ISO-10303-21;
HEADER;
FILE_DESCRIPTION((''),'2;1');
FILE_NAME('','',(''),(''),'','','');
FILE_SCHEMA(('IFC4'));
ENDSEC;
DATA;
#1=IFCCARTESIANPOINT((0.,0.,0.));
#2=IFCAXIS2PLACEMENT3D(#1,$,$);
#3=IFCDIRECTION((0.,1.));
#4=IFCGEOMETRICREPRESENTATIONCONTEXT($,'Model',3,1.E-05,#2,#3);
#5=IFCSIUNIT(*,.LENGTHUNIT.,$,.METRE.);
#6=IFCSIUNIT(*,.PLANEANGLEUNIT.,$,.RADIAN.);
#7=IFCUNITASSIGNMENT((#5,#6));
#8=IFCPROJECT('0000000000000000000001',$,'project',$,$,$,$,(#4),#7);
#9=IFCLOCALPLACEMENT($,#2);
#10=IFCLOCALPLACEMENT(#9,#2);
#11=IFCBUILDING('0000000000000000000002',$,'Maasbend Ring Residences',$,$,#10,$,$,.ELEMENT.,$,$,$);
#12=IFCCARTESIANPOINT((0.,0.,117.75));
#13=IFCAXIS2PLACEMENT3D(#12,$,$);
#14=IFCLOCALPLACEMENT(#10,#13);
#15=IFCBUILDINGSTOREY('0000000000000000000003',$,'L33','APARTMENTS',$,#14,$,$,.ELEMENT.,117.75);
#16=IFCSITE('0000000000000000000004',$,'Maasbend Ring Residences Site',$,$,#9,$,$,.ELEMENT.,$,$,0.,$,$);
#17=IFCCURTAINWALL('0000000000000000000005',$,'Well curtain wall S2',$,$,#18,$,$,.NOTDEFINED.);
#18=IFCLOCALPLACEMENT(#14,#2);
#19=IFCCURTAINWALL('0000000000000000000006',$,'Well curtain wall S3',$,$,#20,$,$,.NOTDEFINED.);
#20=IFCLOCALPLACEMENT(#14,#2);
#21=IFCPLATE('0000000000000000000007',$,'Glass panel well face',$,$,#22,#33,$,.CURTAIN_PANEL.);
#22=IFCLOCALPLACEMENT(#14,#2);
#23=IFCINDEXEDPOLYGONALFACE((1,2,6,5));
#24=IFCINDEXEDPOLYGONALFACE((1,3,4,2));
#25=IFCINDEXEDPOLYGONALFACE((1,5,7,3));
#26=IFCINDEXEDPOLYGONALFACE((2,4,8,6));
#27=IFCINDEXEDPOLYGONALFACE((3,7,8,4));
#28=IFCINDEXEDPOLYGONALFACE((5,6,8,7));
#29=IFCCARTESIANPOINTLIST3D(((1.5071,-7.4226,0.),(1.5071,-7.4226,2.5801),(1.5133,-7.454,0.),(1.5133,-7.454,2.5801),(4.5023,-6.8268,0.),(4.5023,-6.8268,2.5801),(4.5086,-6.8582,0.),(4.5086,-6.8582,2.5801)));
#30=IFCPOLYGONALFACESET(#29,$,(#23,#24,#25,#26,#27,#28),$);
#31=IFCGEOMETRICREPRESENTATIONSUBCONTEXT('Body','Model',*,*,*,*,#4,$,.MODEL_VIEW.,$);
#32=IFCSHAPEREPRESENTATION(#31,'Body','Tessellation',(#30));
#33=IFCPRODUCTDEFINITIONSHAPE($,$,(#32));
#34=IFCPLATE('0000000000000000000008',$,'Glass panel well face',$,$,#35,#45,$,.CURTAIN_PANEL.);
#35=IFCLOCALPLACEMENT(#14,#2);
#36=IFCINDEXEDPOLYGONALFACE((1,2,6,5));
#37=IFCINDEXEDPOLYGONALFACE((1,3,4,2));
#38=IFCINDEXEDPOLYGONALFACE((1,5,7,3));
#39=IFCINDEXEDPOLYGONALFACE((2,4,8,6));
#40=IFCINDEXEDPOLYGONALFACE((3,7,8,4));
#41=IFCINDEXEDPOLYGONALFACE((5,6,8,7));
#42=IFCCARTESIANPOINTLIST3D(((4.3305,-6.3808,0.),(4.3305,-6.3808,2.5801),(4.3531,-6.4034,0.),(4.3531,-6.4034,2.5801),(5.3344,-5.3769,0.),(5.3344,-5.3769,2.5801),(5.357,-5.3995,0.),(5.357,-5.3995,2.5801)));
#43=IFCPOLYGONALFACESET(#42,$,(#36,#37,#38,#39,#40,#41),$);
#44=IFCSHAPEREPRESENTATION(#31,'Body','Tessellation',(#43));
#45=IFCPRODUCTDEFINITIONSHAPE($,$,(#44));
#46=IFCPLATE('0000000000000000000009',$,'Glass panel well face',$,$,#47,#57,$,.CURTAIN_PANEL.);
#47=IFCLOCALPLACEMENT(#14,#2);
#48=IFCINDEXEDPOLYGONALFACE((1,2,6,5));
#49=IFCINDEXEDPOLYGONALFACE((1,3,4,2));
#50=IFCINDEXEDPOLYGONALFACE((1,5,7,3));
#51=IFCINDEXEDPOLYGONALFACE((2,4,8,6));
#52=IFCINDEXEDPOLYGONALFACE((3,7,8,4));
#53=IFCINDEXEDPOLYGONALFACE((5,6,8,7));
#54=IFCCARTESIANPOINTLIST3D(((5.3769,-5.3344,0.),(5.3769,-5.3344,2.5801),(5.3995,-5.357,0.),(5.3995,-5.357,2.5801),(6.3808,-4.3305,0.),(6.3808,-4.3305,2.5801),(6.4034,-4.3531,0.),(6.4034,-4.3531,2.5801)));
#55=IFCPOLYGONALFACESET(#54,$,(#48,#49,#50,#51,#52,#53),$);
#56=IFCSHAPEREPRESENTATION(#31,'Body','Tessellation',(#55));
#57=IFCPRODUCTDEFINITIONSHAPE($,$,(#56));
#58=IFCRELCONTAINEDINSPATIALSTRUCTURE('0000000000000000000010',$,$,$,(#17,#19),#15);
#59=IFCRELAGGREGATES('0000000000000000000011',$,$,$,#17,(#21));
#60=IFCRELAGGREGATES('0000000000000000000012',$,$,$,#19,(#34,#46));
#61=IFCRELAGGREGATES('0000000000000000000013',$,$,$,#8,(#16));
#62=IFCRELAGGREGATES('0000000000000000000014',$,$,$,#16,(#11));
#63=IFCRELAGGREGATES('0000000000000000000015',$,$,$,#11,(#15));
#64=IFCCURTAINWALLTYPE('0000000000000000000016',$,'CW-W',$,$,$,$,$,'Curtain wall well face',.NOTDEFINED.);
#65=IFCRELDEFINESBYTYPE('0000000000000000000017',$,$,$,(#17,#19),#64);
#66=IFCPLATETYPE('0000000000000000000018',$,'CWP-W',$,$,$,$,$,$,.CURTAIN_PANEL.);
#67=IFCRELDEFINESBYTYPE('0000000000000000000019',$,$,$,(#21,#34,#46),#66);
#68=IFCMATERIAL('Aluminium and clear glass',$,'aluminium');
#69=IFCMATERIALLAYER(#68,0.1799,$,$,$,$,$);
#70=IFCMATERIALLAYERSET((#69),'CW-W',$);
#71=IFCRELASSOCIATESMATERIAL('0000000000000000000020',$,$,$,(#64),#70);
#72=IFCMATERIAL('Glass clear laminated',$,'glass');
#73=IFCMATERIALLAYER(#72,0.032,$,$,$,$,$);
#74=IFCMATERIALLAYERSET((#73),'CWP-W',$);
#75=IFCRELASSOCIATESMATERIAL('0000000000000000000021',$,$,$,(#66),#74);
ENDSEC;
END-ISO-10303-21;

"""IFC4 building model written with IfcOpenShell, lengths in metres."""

from ifc_helpers import new_model, si_unit, direction, frame, origin, origin_2d, place, context, subcontext, project, spatial, rectangle, extrude, material, layer, layer_set, type_object, element, aggregate, save


model = new_model("IFC4")

# Units and contexts
model_context = context("Model", 3, precision=1e-05, world=origin(), true_north=direction((0.0, 1.0)))
body_context = subcontext(model_context, "Body", "Model", "MODEL_VIEW")
ifc_project = project(units=[si_unit("LENGTHUNIT", "METRE"), si_unit("PLANEANGLEUNIT", "RADIAN")], contexts=[model_context])

# Site, building, storey
site_placement = place(None, origin())
site = spatial("IfcSite", under=ifc_project, at=site_placement, Name="Maasbend Ring Residences Site", CompositionType="ELEMENT", RefElevation=0.0)
building_placement = place(site_placement, origin())
building = spatial("IfcBuilding", under=site, at=building_placement, Name="Maasbend Ring Residences", CompositionType="ELEMENT")
storey_placement = place(building_placement, frame((0.0, 0.0, 117.75)))
storey = spatial("IfcBuildingStorey", under=building, at=storey_placement, Name="L33", Description="APARTMENTS", CompositionType="ELEMENT", Elevation=117.75)

# Curtain walls
ifc_material_1 = material(Name="Aluminium and clear glass", Category="aluminium")
ifc_layer_1 = layer(ifc_material_1, 0.1799)
ifc_layer_set_1 = layer_set([ifc_layer_1], Name="CW-W")
curtain_wall_type = type_object("IfcCurtainWallType", Name="CW-W", ElementType="Curtain wall well face", PredefinedType="NOTDEFINED", material=ifc_layer_set_1)
curtain_wall_1_placement = place(storey_placement, origin())
curtain_wall_1 = element("IfcCurtainWall", 1, at=curtain_wall_1_placement, inside=storey, type_object=curtain_wall_type, Name="Well curtain wall S2", PredefinedType="NOTDEFINED")
curtain_wall_2_placement = place(storey_placement, origin())
curtain_wall_2 = element("IfcCurtainWall", 2, at=curtain_wall_2_placement, inside=storey, type_object=curtain_wall_type, Name="Well curtain wall S3", PredefinedType="NOTDEFINED")

# Plates
ifc_material_2 = material(Name="Glass clear laminated", Category="glass")
ifc_layer_2 = layer(ifc_material_2, 0.032)
ifc_layer_set_2 = layer_set([ifc_layer_2], Name="CWP-W")
plate_type = type_object("IfcPlateType", Name="CWP-W", PredefinedType="CURTAIN_PANEL", material=ifc_layer_set_2)
plate_1_placement = place(storey_placement, frame((3.0078, -7.1404, 0.0), z_axis=(0.0, 0.0, 1.0), x_axis=(0.980785, 0.19509, 0.0)))
plate_1 = element("IfcPlate", 3, at=plate_1_placement, type_object=plate_type, Name="Glass panel well face", PredefinedType="CURTAIN_PANEL", context=body_context, shape_type="SweptSolid", body=[
    extrude(rectangle(XDim=3.054, YDim=0.032, at=origin_2d()), origin(), (0.0, 0.0, 1.0), 2.5801),
])
aggregate(curtain_wall_1, [plate_1])
plate_2_placement = place(storey_placement, frame((4.8438, -5.8901, 0.0), z_axis=(0.0, 0.0, 1.0), x_axis=(0.707107, 0.707107, 0.0)))
plate_2 = element("IfcPlate", 4, at=plate_2_placement, type_object=plate_type, Name="Glass panel well face", PredefinedType="CURTAIN_PANEL", context=body_context, shape_type="SweptSolid", body=[
    extrude(rectangle(XDim=1.4197, YDim=0.032, at=origin_2d()), origin(), (0.0, 0.0, 1.0), 2.5801),
])
plate_3_placement = place(storey_placement, frame((5.8901, -4.8438, 0.0), z_axis=(0.0, 0.0, 1.0), x_axis=(0.707107, 0.707107, 0.0)))
plate_3 = element("IfcPlate", 5, at=plate_3_placement, type_object=plate_type, Name="Glass panel well face", PredefinedType="CURTAIN_PANEL", context=body_context, shape_type="SweptSolid", body=[
    extrude(rectangle(XDim=1.4197, YDim=0.032, at=origin_2d()), origin(), (0.0, 0.0, 1.0), 2.5801),
])
aggregate(curtain_wall_2, [plate_2, plate_3])

save(model, "model.ifc")
